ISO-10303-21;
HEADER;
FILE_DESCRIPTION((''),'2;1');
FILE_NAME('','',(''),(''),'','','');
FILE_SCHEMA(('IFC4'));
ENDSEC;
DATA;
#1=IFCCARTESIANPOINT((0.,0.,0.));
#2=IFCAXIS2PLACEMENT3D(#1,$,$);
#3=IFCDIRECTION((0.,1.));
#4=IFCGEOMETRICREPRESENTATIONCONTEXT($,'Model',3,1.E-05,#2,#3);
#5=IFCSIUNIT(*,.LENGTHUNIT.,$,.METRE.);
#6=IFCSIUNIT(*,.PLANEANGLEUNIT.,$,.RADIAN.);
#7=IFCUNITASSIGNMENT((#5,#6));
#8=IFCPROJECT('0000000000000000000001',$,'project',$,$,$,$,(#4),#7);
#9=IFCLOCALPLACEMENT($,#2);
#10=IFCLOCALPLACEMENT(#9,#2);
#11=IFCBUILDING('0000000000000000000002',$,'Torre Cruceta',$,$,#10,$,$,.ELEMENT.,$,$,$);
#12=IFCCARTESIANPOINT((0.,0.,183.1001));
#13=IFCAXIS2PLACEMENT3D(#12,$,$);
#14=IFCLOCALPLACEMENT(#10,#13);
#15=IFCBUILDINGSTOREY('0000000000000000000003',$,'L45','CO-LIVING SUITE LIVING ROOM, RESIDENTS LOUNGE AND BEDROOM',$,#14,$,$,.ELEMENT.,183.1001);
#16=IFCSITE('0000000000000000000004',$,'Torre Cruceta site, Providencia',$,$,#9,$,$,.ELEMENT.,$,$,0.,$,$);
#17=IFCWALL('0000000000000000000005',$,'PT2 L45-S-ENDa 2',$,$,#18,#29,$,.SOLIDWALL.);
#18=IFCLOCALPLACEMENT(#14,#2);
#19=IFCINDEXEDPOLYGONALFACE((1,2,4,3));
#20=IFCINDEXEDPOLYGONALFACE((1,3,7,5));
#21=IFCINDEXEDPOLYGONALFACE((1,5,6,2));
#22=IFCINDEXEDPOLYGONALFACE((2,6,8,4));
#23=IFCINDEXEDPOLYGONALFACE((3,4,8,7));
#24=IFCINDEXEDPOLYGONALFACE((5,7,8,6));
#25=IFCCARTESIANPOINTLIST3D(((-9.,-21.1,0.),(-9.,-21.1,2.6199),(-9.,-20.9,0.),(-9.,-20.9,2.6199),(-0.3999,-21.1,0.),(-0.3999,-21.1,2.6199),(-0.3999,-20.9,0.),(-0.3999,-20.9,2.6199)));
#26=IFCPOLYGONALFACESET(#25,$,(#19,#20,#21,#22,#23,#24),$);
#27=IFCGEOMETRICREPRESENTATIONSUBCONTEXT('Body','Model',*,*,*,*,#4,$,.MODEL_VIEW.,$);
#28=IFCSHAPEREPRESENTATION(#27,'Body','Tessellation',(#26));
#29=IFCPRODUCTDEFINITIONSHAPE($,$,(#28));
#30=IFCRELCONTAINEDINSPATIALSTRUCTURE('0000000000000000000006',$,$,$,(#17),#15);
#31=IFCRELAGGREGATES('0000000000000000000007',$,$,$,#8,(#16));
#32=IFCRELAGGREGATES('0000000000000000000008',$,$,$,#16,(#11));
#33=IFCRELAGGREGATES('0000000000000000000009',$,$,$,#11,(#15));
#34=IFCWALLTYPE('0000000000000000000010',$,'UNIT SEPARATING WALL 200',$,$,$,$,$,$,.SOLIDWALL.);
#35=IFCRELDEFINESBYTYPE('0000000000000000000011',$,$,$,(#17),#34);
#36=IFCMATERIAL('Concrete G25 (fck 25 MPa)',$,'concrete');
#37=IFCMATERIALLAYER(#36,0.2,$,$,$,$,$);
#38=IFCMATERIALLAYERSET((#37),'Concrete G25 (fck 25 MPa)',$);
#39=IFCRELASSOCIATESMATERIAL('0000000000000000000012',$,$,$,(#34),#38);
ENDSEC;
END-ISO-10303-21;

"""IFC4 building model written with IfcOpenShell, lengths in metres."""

from ifc_helpers import new_model, si_unit, direction, frame, frame_2d, origin, place, context, subcontext, project, spatial, rectangle, extrude, material, layer, layer_set, type_object, element, save


model = new_model("IFC4")

# Units and contexts
model_context = context("Model", 3, precision=1e-05, world=origin(), true_north=direction((0.0, 1.0)))
body_context = subcontext(model_context, "Body", "Model", "MODEL_VIEW")
ifc_project = project(units=[si_unit("LENGTHUNIT", "METRE"), si_unit("PLANEANGLEUNIT", "RADIAN")], contexts=[model_context])

# Site, building, storey
site_placement = place(None, origin())
site = spatial("IfcSite", under=ifc_project, at=site_placement, Name="Torre Cruceta site, Providencia", CompositionType="ELEMENT", RefElevation=0.0)
building_placement = place(site_placement, origin())
building = spatial("IfcBuilding", under=site, at=building_placement, Name="Torre Cruceta", CompositionType="ELEMENT")
storey_placement = place(building_placement, frame((0.0, 0.0, 183.1001)))
storey = spatial("IfcBuildingStorey", under=building, at=storey_placement, Name="L45", Description="CO-LIVING SUITE LIVING ROOM, RESIDENTS LOUNGE AND BEDROOM", CompositionType="ELEMENT", Elevation=183.1001)

# Wall
ifc_material_1 = material(Name="Concrete G25 (fck 25 MPa)", Category="concrete")
ifc_layer_1 = layer(ifc_material_1, 0.2)
ifc_layer_set_1 = layer_set([ifc_layer_1], Name="Concrete G25 (fck 25 MPa)")
wall_type_1 = type_object("IfcWallType", Name="UNIT SEPARATING WALL 200", PredefinedType="SOLIDWALL", material=ifc_layer_set_1)
wall_1_placement = place(storey_placement, frame((-9.0, -21.0, 0.0), z_axis=(0.0, 0.0, 1.0), x_axis=(1.0, 0.0, 0.0)))
element("IfcWall", 1, at=wall_1_placement, inside=storey, type_object=wall_type_1, Name="PT2 L45-S-ENDa 2", PredefinedType="SOLIDWALL", context=body_context, shape_type="SweptSolid", body=[
    extrude(rectangle(XDim=8.6001, YDim=0.2, at=frame_2d((4.3, 0.0))), origin(), (0.0, 0.0, 1.0), 2.6199),
])

save(model, "model.ifc")
